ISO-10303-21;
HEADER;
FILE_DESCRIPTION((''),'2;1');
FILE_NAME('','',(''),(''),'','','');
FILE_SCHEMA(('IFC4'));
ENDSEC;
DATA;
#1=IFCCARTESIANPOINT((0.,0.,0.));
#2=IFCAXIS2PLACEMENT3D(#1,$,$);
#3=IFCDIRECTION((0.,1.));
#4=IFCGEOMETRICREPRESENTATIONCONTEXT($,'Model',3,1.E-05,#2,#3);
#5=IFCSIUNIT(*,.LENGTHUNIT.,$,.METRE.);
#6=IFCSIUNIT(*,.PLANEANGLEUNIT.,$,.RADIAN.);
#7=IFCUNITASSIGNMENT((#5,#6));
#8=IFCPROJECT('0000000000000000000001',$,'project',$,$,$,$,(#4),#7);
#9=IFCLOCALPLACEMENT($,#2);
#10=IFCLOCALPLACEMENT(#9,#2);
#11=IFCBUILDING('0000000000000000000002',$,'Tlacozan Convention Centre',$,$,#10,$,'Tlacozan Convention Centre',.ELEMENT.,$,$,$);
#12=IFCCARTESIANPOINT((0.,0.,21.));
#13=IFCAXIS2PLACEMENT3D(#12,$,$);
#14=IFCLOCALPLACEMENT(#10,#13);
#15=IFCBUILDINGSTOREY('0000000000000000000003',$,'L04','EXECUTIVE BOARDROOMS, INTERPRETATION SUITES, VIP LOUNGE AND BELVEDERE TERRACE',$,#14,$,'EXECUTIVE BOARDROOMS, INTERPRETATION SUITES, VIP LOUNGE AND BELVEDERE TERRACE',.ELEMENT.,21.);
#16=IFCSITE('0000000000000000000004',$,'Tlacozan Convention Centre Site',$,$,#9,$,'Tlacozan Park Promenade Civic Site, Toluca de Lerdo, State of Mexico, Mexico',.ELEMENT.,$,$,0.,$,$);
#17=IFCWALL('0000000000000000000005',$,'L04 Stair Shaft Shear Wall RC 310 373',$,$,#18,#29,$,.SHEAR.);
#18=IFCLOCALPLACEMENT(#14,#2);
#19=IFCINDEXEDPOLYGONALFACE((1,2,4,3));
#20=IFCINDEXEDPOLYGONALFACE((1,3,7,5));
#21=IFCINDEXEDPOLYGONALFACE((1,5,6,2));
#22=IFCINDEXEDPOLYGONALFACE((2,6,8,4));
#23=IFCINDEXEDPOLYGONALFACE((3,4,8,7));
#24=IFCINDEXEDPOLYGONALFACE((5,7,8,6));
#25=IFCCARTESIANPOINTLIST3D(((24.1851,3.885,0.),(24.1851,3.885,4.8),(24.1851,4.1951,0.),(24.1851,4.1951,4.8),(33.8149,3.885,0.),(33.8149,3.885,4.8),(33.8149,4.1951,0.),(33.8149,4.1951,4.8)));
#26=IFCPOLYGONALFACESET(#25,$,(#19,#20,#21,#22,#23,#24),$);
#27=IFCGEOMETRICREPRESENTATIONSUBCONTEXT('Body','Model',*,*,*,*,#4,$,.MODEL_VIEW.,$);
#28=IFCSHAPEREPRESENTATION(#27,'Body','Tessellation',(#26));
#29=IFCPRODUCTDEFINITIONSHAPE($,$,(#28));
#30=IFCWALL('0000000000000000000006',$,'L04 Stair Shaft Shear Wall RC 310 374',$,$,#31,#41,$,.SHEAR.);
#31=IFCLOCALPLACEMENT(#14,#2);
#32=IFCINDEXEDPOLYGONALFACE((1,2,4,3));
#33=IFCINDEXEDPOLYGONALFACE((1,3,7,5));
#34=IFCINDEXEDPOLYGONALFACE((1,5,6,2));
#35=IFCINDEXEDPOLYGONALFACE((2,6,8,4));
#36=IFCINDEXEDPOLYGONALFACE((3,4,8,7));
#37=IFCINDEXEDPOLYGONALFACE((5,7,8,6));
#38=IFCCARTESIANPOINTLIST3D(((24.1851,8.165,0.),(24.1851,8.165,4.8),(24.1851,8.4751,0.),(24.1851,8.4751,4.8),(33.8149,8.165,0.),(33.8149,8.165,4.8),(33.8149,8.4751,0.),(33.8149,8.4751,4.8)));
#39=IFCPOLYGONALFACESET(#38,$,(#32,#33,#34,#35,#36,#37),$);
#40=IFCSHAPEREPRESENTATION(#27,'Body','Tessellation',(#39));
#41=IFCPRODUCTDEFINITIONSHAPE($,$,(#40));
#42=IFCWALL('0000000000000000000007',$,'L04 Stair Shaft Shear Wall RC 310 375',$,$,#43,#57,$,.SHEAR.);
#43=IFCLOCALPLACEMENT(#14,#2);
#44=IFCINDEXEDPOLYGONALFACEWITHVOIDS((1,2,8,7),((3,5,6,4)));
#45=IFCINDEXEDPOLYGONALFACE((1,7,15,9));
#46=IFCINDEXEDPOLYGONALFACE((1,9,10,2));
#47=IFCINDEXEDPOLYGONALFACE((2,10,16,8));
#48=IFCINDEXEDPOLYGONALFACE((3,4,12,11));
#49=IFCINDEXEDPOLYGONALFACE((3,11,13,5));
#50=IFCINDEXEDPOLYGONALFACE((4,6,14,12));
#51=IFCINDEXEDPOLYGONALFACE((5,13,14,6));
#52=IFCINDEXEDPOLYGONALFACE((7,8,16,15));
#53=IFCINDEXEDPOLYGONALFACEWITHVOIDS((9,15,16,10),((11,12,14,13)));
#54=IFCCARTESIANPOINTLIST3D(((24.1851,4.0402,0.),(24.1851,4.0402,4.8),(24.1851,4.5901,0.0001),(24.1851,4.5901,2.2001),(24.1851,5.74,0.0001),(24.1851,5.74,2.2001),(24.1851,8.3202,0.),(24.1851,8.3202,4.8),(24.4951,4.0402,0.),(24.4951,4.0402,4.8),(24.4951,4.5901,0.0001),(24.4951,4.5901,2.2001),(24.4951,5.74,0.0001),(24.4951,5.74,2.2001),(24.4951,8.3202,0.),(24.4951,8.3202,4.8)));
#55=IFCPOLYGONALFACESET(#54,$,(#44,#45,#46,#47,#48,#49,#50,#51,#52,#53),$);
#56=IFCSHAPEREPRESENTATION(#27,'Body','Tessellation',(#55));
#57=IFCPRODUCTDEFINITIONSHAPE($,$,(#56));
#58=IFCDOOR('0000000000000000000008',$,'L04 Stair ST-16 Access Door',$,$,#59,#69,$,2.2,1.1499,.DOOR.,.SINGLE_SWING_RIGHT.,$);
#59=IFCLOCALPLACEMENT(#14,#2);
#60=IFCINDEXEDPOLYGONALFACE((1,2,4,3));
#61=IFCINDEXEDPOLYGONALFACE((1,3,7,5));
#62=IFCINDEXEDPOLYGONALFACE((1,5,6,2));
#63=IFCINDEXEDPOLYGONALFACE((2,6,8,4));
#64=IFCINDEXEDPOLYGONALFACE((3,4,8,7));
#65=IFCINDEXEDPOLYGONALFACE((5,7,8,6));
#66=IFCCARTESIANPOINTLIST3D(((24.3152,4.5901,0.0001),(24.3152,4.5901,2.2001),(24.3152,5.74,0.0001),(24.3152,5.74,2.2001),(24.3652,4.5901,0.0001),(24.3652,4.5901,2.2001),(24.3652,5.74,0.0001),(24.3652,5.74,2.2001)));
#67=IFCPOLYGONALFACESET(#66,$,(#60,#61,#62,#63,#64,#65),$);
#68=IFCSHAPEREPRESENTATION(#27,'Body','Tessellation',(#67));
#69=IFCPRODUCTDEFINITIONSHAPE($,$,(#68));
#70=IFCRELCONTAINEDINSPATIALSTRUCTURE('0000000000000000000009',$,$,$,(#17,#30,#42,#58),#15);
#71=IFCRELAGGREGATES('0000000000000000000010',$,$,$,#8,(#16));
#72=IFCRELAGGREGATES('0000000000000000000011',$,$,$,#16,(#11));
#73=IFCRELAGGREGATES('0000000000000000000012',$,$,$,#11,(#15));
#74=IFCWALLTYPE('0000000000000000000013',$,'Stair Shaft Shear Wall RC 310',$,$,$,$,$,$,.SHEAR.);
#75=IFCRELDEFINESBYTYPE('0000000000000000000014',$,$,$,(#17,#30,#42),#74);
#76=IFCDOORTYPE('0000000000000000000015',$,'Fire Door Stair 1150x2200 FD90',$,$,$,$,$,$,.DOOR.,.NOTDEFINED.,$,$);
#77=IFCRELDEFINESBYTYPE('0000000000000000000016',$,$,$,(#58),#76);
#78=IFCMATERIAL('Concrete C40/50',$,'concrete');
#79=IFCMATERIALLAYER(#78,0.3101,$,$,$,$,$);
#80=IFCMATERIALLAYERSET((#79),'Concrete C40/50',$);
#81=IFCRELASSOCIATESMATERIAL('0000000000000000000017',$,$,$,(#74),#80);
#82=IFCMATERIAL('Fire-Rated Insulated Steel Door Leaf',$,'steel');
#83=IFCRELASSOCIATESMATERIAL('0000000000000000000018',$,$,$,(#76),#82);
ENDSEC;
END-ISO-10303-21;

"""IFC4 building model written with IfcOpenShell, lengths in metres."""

from ifc_helpers import new_model, si_unit, direction, frame, frame_2d, origin, place, context, subcontext, project, spatial, rectangle, extrude, material, layer, layer_set, type_object, element, fill, save


model = new_model("IFC4")

# Units and contexts
model_context = context("Model", 3, precision=1e-05, world=origin(), true_north=direction((0.0, 1.0)))
body_context = subcontext(model_context, "Body", "Model", "MODEL_VIEW")
ifc_project = project(units=[si_unit("LENGTHUNIT", "METRE"), si_unit("PLANEANGLEUNIT", "RADIAN")], contexts=[model_context])

# Site, building, storey
site_placement = place(None, origin())
site = spatial("IfcSite", under=ifc_project, at=site_placement, Name="Tlacozan Convention Centre Site", LongName="Tlacozan Park Promenade Civic Site, Toluca de Lerdo, State of Mexico, Mexico", CompositionType="ELEMENT", RefElevation=0.0)
building_placement = place(site_placement, origin())
building = spatial("IfcBuilding", under=site, at=building_placement, Name="Tlacozan Convention Centre", LongName="Tlacozan Convention Centre", CompositionType="ELEMENT")
storey_placement = place(building_placement, frame((0.0, 0.0, 21.0)))
storey = spatial("IfcBuildingStorey", under=building, at=storey_placement, Name="L04", Description="EXECUTIVE BOARDROOMS, INTERPRETATION SUITES, VIP LOUNGE AND BELVEDERE TERRACE", LongName="EXECUTIVE BOARDROOMS, INTERPRETATION SUITES, VIP LOUNGE AND BELVEDERE TERRACE", CompositionType="ELEMENT", Elevation=21.0)

# Shared definitions
ifc_material_1 = material(Name="Concrete C40/50", Category="concrete")

# Walls
ifc_layer_1 = layer(ifc_material_1, 0.3101)
ifc_layer_set_1 = layer_set([ifc_layer_1], Name="Concrete C40/50")
wall_type_1 = type_object("IfcWallType", Name="Stair Shaft Shear Wall RC 310", PredefinedType="SHEAR", material=ifc_layer_set_1)
for number, where, z_axis, x_axis, name in (
    (1, (24.1851, 4.04, 0.0), (0.0, 0.0, 1.0), (1.0, 0.0, 0.0), "L04 Stair Shaft Shear Wall RC 310 373"),
    (2, (24.1851, 8.3201, 0.0), (0.0, 0.0, 1.0), (1.0, 0.0, 0.0), "L04 Stair Shaft Shear Wall RC 310 374"),
):
    element("IfcWall", number, at=place(storey_placement, frame(where, z_axis=z_axis, x_axis=x_axis)), inside=storey, type_object=wall_type_1, Name=name, PredefinedType="SHEAR", context=body_context, shape_type="SweptSolid", body=[
        extrude(rectangle(XDim=9.6299, YDim=0.3101, at=frame_2d((4.8149, 0.0))), origin(), (0.0, 0.0, 1.0), 4.8),
    ])

# Wall, opening, door
wall_1_placement = place(storey_placement, frame((24.3401, 4.04, 0.0), z_axis=(0.0, 0.0, 1.0), x_axis=(0.0, 1.0, 0.0)))
wall_1 = element("IfcWall", 3, at=wall_1_placement, inside=storey, type_object=wall_type_1, Name="L04 Stair Shaft Shear Wall RC 310 375", PredefinedType="SHEAR", context=body_context, shape_type="SweptSolid", body=[
    extrude(rectangle(XDim=4.28, YDim=0.3101, at=frame_2d((2.1401, 0.0))), origin(), (0.0, 0.0, 1.0), 4.8),
])
opening_1_placement = place(wall_1_placement, frame((0.55, 0.0, 0.0)))
opening_1 = element("IfcOpeningElement", 4, at=opening_1_placement, cuts=wall_1, PredefinedType="OPENING", context=body_context, shape_type="SweptSolid", body=[
    extrude(rectangle(XDim=1.1499, YDim=2.2, at=frame_2d((0.575, 1.1001))), frame((0.0, 0.165, 0.0), z_axis=(0.0, -1.0, 0.0), x_axis=(1.0, 0.0, 0.0)), (0.0, 0.0, 1.0), 0.3301),
])
ifc_material_2 = material(Name="Fire-Rated Insulated Steel Door Leaf", Category="steel")
door_type = type_object("IfcDoorType", Name="Fire Door Stair 1150x2200 FD90", OperationType="NOTDEFINED", PredefinedType="DOOR", material=ifc_material_2)
door_placement = place(opening_1_placement, origin())
door = element("IfcDoor", 5, at=door_placement, inside=storey, type_object=door_type, Name="L04 Stair ST-16 Access Door", OperationType="SINGLE_SWING_RIGHT", OverallHeight=2.2, OverallWidth=1.1499, PredefinedType="DOOR", context=body_context, shape_type="SweptSolid", body=[
    extrude(rectangle(XDim=1.1499, YDim=2.2, at=frame_2d((0.575, 1.1001))), frame((0.0, 0.0249, 0.0), z_axis=(0.0, -1.0, 0.0), x_axis=(1.0, 0.0, 0.0)), (0.0, 0.0, 1.0), 0.05),
])
fill(opening_1, door)

save(model, "model.ifc")
